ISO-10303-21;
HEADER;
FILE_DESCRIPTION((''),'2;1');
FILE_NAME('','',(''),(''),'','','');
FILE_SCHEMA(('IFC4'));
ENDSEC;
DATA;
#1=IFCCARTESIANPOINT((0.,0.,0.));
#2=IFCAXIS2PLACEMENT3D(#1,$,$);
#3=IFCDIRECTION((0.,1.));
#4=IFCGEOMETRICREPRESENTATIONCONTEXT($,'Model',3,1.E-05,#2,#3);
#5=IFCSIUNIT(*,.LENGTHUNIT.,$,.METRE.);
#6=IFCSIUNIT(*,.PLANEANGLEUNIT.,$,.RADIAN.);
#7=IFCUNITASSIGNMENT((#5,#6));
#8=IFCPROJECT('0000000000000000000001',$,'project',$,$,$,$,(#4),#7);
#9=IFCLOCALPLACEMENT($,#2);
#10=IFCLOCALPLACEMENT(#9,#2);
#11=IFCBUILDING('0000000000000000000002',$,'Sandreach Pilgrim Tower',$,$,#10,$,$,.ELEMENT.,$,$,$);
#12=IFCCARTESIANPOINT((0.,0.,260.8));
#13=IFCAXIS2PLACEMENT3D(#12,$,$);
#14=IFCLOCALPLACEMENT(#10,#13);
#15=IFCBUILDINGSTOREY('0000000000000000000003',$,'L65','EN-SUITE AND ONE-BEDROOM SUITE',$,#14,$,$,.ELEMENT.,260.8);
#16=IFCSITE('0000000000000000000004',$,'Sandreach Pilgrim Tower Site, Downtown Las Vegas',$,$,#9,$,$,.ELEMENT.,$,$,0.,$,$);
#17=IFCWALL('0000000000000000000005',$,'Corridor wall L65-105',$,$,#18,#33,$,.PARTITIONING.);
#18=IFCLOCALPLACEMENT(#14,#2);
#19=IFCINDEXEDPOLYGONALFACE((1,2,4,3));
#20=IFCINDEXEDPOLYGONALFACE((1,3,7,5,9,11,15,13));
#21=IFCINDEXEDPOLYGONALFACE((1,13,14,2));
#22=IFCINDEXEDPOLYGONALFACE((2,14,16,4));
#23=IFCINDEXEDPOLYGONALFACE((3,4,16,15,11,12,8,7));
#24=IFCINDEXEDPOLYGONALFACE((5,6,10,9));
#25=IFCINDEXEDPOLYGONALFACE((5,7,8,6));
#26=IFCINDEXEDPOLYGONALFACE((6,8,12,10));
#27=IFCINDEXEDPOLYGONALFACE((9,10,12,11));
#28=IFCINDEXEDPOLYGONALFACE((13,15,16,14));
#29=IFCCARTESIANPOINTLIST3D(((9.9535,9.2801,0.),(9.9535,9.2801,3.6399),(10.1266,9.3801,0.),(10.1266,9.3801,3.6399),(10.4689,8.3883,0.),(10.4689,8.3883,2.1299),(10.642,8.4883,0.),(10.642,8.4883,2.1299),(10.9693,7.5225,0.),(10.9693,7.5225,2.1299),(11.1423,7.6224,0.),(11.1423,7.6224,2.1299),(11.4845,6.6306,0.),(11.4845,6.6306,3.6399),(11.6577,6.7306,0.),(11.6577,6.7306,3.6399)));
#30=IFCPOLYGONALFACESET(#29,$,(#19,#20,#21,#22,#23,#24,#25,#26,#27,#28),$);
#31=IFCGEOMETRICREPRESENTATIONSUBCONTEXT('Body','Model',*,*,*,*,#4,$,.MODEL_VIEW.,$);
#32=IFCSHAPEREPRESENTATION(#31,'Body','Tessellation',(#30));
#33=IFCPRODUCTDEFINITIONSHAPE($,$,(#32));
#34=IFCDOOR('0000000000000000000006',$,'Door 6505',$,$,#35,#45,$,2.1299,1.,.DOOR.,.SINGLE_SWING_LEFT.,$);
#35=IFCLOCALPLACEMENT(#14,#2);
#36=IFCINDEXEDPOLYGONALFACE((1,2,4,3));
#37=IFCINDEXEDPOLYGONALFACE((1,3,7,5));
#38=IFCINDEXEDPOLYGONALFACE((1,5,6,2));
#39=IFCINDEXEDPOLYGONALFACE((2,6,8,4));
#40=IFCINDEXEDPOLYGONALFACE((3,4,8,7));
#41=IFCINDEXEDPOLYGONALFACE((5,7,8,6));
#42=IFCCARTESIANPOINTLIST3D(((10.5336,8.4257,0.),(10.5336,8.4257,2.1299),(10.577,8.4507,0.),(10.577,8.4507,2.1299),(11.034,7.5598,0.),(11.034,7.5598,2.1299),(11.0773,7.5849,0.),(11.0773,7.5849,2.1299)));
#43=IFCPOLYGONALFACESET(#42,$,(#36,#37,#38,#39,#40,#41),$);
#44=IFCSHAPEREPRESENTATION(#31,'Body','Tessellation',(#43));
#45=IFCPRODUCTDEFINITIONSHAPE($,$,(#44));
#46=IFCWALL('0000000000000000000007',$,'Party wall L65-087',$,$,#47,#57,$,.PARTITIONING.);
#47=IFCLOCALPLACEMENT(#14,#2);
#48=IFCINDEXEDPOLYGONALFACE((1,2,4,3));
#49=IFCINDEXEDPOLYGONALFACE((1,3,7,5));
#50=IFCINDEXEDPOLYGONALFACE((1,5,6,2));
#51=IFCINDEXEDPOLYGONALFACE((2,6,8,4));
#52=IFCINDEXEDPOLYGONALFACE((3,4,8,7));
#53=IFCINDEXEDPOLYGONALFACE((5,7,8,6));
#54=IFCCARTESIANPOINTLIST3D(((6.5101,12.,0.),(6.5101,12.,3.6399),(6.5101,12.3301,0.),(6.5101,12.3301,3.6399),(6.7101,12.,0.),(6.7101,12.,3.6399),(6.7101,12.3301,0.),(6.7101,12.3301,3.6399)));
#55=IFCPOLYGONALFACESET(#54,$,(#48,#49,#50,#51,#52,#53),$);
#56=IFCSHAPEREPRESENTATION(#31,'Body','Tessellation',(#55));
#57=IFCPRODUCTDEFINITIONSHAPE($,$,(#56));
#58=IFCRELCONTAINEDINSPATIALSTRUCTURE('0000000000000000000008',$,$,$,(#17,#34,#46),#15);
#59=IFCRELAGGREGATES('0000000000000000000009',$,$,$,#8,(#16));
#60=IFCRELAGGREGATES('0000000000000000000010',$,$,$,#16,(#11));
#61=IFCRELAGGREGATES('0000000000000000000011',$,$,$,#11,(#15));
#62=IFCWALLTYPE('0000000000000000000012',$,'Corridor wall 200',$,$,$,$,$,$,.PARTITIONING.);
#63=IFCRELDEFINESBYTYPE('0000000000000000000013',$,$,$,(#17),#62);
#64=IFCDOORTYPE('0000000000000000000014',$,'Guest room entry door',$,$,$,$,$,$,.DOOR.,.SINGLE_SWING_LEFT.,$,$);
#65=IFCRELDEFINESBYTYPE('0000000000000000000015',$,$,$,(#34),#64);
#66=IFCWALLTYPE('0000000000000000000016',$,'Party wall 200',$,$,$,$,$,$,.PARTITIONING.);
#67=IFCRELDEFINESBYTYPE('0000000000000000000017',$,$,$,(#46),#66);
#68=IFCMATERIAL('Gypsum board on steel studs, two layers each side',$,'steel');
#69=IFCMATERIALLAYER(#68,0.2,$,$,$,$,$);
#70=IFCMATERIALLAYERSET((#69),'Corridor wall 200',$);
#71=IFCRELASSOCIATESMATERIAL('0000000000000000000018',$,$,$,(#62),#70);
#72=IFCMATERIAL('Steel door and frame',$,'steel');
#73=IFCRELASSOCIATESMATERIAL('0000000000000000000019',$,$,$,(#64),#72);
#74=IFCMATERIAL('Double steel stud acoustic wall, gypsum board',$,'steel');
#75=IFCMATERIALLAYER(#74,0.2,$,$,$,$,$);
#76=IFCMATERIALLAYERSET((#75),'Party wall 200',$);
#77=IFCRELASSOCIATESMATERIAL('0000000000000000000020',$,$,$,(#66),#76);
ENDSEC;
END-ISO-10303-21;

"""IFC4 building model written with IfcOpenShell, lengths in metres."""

from ifc_helpers import new_model, si_unit, direction, frame, frame_2d, origin, place, context, subcontext, project, spatial, rectangle, extrude, material, layer, layer_set, type_object, element, fill, save


model = new_model("IFC4")

# Units and contexts
model_context = context("Model", 3, precision=1e-05, world=origin(), true_north=direction((0.0, 1.0)))
body_context = subcontext(model_context, "Body", "Model", "MODEL_VIEW")
ifc_project = project(units=[si_unit("LENGTHUNIT", "METRE"), si_unit("PLANEANGLEUNIT", "RADIAN")], contexts=[model_context])

# Site, building, storey
site_placement = place(None, origin())
site = spatial("IfcSite", under=ifc_project, at=site_placement, Name="Sandreach Pilgrim Tower Site, Downtown Las Vegas", CompositionType="ELEMENT", RefElevation=0.0)
building_placement = place(site_placement, origin())
building = spatial("IfcBuilding", under=site, at=building_placement, Name="Sandreach Pilgrim Tower", CompositionType="ELEMENT")
storey_placement = place(building_placement, frame((0.0, 0.0, 260.8)))
storey = spatial("IfcBuildingStorey", under=building, at=storey_placement, Name="L65", Description="EN-SUITE AND ONE-BEDROOM SUITE", CompositionType="ELEMENT", Elevation=260.8)

# Shared definitions
ifc_material_1 = material(Name="Gypsum board on steel studs, two layers each side", Category="steel")
ifc_layer_1 = layer(ifc_material_1, 0.2)
ifc_layer_set_1 = layer_set([ifc_layer_1], Name="Corridor wall 200")
wall_type_1 = type_object("IfcWallType", Name="Corridor wall 200", PredefinedType="PARTITIONING", material=ifc_layer_set_1)
ifc_material_2 = material(Name="Steel door and frame", Category="steel")
door_type_1 = type_object("IfcDoorType", Name="Guest room entry door", OperationType="SINGLE_SWING_LEFT", PredefinedType="DOOR", material=ifc_material_2)

# Wall, opening, door
wall_1_placement = place(storey_placement, frame((10.04, 9.3301, 0.0), z_axis=(0.0, 0.0, 1.0), x_axis=(0.500335, -0.865832, 0.0)))
wall_1 = element("IfcWall", 1, at=wall_1_placement, inside=storey, type_object=wall_type_1, Name="Corridor wall L65-105", PredefinedType="PARTITIONING", context=body_context, shape_type="SweptSolid", body=[
    extrude(rectangle(XDim=3.0601, YDim=0.2, at=frame_2d((1.53, 0.0))), origin(), (0.0, 0.0, 1.0), 3.6399),
])
opening_1_placement = place(wall_1_placement, frame((1.03, 0.0, 0.0)))
opening_1 = element("IfcOpeningElement", 2, at=opening_1_placement, cuts=wall_1, PredefinedType="OPENING", context=body_context, shape_type="SweptSolid", body=[
    extrude(rectangle(XDim=1.0, YDim=2.1299, at=frame_2d((0.5, 1.0649))), frame((0.0, 0.1001, 0.0), z_axis=(0.0, -1.0, 0.0), x_axis=(1.0, 0.0, 0.0)), (0.0, 0.0, 1.0), 0.2),
])
door_1_placement = place(opening_1_placement, origin())
door_1 = element("IfcDoor", 3, at=door_1_placement, inside=storey, type_object=door_type_1, Name="Door 6505", OperationType="SINGLE_SWING_LEFT", OverallHeight=2.1299, OverallWidth=1.0, PredefinedType="DOOR", context=body_context, shape_type="SweptSolid", body=[
    extrude(rectangle(XDim=1.0, YDim=2.1299, at=frame_2d((0.5, 1.0649))), frame((0.0, 0.0249, 0.0), z_axis=(0.0, -1.0, 0.0), x_axis=(1.0, 0.0, 0.0)), (0.0, 0.0, 1.0), 0.05),
])
fill(opening_1, door_1)

# Wall
ifc_material_3 = material(Name="Double steel stud acoustic wall, gypsum board", Category="steel")
ifc_layer_2 = layer(ifc_material_3, 0.2)
ifc_layer_set_2 = layer_set([ifc_layer_2], Name="Party wall 200")
wall_type_2 = type_object("IfcWallType", Name="Party wall 200", PredefinedType="PARTITIONING", material=ifc_layer_set_2)
wall_2_placement = place(storey_placement, frame((6.6101, 12.3301, 0.0), z_axis=(0.0, 0.0, 1.0), x_axis=(0.0, -1.0, 0.0)))
element("IfcWall", 4, at=wall_2_placement, inside=storey, type_object=wall_type_2, Name="Party wall L65-087", PredefinedType="PARTITIONING", context=body_context, shape_type="SweptSolid", body=[
    extrude(rectangle(XDim=0.3301, YDim=0.2, at=frame_2d((0.165, 0.0))), origin(), (0.0, 0.0, 1.0), 3.6399),
])

save(model, "model.ifc")
